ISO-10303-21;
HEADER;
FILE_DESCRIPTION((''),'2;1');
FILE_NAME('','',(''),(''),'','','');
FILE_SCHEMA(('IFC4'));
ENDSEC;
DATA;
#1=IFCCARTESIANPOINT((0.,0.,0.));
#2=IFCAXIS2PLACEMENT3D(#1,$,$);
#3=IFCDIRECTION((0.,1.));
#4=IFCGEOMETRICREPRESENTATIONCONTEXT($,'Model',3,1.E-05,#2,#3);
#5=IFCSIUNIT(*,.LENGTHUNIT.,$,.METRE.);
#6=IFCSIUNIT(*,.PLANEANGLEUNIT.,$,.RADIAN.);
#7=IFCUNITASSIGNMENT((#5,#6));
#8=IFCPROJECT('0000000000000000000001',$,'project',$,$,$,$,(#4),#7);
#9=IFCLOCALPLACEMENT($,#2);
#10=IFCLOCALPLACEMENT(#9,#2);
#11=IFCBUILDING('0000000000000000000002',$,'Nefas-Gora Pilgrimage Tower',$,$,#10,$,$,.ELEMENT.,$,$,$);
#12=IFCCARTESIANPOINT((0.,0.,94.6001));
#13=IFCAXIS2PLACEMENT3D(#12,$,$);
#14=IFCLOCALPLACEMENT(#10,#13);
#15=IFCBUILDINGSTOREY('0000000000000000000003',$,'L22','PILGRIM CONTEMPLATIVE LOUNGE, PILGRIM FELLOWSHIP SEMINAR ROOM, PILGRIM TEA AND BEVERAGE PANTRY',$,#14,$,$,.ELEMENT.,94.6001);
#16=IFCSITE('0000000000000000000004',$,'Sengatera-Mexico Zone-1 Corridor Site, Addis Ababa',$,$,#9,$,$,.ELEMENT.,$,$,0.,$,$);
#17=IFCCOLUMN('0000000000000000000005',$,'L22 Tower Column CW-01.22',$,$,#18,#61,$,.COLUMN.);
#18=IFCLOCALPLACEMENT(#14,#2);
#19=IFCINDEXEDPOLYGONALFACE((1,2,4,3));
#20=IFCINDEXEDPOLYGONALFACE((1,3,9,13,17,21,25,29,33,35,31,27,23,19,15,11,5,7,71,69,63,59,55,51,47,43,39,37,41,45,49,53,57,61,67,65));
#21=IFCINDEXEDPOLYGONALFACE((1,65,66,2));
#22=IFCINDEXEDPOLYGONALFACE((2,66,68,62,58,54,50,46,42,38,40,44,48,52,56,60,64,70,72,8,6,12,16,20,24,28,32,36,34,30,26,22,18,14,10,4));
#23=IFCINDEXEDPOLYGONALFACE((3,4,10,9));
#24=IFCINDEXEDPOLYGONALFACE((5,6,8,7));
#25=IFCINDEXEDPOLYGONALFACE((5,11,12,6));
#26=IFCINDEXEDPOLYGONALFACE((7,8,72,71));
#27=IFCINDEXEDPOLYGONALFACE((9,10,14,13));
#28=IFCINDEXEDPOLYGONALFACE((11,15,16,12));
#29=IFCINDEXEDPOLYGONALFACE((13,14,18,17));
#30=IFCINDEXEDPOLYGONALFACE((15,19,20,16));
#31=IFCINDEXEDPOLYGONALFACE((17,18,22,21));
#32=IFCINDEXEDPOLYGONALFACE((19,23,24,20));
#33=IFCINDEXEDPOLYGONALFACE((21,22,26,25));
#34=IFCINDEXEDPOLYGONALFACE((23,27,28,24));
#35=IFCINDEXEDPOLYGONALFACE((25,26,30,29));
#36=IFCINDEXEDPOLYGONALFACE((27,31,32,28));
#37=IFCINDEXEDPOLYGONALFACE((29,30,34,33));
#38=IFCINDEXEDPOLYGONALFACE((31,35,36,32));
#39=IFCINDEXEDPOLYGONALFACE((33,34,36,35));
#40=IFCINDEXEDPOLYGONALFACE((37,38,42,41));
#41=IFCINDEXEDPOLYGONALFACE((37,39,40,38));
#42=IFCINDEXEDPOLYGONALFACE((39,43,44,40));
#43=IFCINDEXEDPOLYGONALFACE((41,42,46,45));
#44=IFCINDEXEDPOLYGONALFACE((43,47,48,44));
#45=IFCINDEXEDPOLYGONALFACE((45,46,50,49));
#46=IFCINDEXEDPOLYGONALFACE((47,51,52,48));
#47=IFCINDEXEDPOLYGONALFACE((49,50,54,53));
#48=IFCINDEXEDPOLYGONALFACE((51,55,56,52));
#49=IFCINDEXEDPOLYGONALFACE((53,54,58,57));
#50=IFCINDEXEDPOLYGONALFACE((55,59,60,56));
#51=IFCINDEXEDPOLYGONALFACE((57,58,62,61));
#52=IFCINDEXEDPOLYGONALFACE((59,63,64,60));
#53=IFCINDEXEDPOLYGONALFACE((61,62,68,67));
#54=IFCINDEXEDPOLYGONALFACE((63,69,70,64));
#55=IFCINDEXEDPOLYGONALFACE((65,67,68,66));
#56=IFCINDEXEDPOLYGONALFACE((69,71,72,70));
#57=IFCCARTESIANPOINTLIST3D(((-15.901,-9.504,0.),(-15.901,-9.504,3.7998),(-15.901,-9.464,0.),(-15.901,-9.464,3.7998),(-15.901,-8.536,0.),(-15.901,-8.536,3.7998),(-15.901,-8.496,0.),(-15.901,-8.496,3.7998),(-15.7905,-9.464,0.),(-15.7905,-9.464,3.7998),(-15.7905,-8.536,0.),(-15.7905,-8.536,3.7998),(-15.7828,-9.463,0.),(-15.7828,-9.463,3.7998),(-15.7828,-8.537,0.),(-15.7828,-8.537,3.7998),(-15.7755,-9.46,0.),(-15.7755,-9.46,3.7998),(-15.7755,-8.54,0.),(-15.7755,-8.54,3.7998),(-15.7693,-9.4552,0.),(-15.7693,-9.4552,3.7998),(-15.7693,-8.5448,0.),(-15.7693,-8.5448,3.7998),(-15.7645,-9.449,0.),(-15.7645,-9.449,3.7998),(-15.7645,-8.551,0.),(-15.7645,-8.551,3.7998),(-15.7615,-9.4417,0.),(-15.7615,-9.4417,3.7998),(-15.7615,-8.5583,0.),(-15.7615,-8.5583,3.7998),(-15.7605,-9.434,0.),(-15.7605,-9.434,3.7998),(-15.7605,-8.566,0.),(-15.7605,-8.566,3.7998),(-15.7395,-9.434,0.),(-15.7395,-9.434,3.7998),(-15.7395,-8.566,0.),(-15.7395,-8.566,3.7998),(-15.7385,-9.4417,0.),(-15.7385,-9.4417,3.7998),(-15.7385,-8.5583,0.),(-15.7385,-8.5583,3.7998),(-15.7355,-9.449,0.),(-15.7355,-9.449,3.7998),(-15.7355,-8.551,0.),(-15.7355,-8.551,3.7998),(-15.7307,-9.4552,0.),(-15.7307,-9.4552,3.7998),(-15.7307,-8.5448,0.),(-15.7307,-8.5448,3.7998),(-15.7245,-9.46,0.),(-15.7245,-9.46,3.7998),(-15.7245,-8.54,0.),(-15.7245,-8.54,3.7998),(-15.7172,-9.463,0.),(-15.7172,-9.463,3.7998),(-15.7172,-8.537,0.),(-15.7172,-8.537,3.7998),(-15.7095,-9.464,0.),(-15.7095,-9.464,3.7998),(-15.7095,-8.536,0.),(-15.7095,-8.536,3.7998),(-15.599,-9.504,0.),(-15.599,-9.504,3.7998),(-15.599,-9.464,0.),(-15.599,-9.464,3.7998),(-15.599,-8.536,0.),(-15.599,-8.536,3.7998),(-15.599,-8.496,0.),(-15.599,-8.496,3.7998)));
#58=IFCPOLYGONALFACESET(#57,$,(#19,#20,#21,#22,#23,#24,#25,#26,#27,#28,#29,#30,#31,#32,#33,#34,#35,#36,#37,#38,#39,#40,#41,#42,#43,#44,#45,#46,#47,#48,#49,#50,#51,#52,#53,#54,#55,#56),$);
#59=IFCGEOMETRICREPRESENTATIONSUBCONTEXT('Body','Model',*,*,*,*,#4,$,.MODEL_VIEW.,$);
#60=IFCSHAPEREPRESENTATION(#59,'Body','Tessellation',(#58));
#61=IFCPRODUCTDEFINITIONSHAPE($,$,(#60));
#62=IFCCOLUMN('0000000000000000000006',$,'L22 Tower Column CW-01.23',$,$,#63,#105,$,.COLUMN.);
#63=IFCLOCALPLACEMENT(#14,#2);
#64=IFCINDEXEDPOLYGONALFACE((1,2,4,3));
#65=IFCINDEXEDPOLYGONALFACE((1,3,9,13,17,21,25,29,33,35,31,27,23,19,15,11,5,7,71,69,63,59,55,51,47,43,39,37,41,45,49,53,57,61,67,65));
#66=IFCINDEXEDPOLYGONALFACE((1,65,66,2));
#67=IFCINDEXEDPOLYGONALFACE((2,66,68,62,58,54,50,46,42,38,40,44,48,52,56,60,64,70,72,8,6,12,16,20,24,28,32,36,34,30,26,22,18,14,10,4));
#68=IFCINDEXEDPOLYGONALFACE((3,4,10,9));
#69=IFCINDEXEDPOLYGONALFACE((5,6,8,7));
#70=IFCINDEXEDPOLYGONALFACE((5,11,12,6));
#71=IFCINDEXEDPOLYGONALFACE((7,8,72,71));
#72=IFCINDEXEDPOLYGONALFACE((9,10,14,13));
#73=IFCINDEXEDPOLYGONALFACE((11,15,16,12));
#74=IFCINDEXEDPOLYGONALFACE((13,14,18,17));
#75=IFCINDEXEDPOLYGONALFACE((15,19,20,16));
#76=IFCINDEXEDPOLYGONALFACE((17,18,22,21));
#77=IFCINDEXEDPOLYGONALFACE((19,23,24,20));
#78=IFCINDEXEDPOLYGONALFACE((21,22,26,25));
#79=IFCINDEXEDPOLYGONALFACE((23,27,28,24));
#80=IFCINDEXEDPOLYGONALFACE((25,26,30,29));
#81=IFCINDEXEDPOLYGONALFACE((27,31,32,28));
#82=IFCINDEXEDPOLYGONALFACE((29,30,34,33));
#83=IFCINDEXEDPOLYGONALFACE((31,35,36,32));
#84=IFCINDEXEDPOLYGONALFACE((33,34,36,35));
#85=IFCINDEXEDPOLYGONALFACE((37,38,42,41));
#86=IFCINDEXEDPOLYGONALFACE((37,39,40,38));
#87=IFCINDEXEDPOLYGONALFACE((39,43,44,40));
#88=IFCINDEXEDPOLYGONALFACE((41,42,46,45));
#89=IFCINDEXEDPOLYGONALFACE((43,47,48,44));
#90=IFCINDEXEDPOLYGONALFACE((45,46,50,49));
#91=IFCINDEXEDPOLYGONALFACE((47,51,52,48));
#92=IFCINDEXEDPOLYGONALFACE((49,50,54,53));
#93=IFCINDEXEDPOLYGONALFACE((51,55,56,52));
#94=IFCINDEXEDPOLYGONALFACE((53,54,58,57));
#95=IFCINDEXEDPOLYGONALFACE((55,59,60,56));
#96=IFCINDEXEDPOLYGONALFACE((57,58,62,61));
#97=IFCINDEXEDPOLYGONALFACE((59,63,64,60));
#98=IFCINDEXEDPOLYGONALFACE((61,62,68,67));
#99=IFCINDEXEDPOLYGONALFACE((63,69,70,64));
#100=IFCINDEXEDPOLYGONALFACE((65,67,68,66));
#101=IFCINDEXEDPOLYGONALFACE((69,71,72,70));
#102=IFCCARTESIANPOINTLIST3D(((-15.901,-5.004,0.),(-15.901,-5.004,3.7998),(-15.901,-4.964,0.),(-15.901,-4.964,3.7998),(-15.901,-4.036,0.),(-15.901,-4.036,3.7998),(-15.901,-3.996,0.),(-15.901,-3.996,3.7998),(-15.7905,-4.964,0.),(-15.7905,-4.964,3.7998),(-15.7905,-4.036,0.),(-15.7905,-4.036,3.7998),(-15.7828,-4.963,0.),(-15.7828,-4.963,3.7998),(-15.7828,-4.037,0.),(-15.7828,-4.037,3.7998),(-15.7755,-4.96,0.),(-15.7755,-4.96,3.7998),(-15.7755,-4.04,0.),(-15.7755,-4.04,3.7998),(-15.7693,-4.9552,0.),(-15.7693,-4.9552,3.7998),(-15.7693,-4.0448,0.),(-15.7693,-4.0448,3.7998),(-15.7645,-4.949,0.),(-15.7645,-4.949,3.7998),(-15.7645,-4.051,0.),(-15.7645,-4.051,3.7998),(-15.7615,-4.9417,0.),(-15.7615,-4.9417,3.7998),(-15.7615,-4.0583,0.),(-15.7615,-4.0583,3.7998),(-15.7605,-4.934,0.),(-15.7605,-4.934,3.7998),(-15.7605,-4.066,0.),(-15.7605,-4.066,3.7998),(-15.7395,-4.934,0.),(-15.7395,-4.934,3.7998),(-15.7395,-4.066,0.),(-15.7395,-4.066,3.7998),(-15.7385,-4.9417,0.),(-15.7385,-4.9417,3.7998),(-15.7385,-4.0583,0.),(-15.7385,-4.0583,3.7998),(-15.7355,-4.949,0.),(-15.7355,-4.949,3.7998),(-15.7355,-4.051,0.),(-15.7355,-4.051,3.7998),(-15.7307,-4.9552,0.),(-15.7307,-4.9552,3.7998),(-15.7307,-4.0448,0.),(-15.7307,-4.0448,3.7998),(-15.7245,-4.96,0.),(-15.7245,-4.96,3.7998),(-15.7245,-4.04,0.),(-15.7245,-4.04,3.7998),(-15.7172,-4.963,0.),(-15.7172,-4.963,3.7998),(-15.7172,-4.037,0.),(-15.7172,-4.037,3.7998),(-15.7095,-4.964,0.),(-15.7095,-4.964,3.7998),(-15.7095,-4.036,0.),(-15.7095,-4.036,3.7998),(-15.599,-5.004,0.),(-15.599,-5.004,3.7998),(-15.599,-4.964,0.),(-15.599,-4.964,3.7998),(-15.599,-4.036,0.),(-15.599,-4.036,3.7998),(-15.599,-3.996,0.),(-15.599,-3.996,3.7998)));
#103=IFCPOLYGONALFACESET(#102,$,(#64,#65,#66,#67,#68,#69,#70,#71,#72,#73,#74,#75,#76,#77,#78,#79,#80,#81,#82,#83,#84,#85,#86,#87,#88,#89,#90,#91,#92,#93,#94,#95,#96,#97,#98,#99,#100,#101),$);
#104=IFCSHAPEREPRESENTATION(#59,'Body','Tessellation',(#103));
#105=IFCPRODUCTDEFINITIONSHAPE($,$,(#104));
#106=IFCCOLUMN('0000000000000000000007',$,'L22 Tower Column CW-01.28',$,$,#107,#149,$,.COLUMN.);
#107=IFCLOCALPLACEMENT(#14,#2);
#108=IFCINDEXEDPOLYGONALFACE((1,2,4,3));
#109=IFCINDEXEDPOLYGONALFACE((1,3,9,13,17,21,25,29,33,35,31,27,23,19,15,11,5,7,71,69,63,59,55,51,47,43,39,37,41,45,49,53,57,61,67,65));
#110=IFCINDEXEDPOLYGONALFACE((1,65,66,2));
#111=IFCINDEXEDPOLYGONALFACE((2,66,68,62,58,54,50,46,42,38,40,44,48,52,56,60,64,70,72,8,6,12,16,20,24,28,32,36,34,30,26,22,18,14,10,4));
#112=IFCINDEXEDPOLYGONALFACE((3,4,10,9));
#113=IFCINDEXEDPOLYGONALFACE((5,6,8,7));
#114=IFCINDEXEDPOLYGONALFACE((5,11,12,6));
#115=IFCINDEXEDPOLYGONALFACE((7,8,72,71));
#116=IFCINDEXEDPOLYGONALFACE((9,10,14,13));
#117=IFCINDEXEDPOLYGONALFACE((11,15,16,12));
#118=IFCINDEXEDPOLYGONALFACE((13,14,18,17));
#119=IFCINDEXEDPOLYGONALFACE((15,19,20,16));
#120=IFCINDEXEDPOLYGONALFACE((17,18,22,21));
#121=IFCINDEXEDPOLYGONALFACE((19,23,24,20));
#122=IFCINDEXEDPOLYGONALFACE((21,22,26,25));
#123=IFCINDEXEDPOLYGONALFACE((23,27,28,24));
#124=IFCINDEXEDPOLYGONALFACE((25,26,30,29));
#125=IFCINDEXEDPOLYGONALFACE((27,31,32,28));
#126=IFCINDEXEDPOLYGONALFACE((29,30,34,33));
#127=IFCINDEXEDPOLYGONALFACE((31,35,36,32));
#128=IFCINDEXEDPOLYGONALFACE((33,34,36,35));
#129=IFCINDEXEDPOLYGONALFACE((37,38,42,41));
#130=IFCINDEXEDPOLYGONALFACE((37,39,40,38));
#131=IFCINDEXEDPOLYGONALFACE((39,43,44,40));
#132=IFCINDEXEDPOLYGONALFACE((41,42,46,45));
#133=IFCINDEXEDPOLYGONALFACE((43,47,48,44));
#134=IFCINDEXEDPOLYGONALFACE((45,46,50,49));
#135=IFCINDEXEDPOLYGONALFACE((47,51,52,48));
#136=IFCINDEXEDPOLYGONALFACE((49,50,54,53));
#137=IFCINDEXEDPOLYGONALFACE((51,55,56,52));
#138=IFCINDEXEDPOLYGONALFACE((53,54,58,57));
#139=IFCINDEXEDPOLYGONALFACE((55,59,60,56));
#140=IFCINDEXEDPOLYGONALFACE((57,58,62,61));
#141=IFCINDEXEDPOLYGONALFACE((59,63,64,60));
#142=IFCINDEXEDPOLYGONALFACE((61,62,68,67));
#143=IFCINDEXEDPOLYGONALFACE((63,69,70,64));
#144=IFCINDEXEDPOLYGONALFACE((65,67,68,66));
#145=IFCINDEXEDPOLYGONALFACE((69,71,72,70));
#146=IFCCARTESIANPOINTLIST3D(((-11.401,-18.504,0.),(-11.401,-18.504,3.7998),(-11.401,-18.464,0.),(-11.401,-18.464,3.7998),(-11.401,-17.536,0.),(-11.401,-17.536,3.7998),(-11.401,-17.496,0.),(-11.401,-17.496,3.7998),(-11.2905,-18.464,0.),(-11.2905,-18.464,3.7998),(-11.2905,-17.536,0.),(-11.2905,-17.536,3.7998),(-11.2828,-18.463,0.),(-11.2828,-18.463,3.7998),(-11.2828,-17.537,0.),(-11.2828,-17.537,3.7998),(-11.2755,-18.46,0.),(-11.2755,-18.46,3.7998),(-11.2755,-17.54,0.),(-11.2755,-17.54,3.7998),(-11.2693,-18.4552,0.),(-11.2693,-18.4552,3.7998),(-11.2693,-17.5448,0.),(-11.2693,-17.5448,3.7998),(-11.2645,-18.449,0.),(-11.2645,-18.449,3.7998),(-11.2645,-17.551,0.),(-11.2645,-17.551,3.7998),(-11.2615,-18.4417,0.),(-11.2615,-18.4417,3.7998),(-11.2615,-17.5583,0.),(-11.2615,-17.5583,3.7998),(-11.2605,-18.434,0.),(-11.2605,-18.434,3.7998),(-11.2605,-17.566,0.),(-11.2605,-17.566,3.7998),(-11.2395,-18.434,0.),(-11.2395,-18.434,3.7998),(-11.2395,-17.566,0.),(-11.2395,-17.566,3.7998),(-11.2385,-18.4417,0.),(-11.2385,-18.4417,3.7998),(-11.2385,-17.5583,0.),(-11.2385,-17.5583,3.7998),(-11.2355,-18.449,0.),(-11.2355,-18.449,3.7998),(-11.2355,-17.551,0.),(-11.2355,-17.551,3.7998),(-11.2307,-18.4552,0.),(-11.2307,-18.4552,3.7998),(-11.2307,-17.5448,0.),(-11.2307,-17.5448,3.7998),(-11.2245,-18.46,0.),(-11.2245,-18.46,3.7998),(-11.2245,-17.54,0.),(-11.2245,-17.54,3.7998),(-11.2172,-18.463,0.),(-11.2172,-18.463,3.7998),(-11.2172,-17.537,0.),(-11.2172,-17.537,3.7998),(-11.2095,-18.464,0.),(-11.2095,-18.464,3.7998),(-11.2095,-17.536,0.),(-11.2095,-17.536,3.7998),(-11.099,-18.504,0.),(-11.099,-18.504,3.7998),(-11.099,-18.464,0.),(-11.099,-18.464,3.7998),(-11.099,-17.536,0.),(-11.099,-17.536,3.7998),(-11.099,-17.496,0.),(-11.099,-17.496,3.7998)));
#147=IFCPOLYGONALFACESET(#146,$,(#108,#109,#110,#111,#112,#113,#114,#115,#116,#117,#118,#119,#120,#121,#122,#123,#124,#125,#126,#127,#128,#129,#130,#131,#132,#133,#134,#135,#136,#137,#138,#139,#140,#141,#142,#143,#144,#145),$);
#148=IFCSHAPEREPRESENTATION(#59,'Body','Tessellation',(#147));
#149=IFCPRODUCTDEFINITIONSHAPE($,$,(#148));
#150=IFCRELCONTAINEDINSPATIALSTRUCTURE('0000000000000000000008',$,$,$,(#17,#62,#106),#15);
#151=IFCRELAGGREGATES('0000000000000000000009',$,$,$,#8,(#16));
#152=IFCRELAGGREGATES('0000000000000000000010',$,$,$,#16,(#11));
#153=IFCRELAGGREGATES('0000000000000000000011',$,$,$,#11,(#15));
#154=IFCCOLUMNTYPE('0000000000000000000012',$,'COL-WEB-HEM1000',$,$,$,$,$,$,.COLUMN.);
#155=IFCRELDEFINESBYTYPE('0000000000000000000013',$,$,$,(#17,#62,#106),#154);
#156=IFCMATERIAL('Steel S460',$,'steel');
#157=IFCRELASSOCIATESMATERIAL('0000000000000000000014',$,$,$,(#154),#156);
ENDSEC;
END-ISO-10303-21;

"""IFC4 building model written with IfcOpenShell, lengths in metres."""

from ifc_helpers import new_model, si_unit, direction, frame, origin, origin_2d, place, context, subcontext, project, spatial, i_section, extrude, source, transform, mapped, material, material_profile, profile_set, type_object, element, save


model = new_model("IFC4")

# Units and contexts
model_context = context("Model", 3, precision=1e-05, world=origin(), true_north=direction((0.0, 1.0)))
body_context = subcontext(model_context, "Body", "Model", "MODEL_VIEW")
ifc_project = project(units=[si_unit("LENGTHUNIT", "METRE"), si_unit("PLANEANGLEUNIT", "RADIAN")], contexts=[model_context])

# Site, building, storey
site_placement = place(None, origin())
site = spatial("IfcSite", under=ifc_project, at=site_placement, Name="Sengatera-Mexico Zone-1 Corridor Site, Addis Ababa", CompositionType="ELEMENT", RefElevation=0.0)
building_placement = place(site_placement, origin())
building = spatial("IfcBuilding", under=site, at=building_placement, Name="Nefas-Gora Pilgrimage Tower", CompositionType="ELEMENT")
storey_placement = place(building_placement, frame((0.0, 0.0, 94.6001)))
storey = spatial("IfcBuildingStorey", under=building, at=storey_placement, Name="L22", Description="PILGRIM CONTEMPLATIVE LOUNGE, PILGRIM FELLOWSHIP SEMINAR ROOM, PILGRIM TEA AND BEVERAGE PANTRY", CompositionType="ELEMENT", Elevation=94.6001)

# Columns
ifc_material_1 = material(Name="Steel S460", Category="steel")
ifc_material_profile_1 = material_profile(ifc_material_1, i_section(OverallWidth=0.302, OverallDepth=1.0081, WebThickness=0.021, FlangeThickness=0.04, FilletRadius=0.03, at=origin_2d()), Name="HEM 1000")
ifc_profile_set_1 = profile_set([ifc_material_profile_1], Name="Steel S460")
column_type_1 = type_object("IfcColumnType", Name="COL-WEB-HEM1000", PredefinedType="COLUMN", material=ifc_profile_set_1)
shared_shape_1 = source(origin(), body_context, "Body", "SweptSolid", [
    extrude(i_section(OverallWidth=0.302, OverallDepth=1.0081, WebThickness=0.021, FlangeThickness=0.04, FilletRadius=0.03, at=origin_2d()), origin(), (0.0, 0.0, 1.0), 3.7998),
])
for number, where, z_axis, x_axis, name in (
    (1, (-15.75, -9.0, 0.0), (0.0, 0.0, 1.0), (1.0, 0.0, 0.0), "L22 Tower Column CW-01.22"),
    (2, (-15.75, -4.5, 0.0), (0.0, 0.0, 1.0), (1.0, 0.0, 0.0), "L22 Tower Column CW-01.23"),
    (3, (-11.25, -18.0, 0.0), (0.0, 0.0, 1.0), (1.0, 0.0, 0.0), "L22 Tower Column CW-01.28"),
):
    element("IfcColumn", number, at=place(storey_placement, frame(where, z_axis=z_axis, x_axis=x_axis)), inside=storey, type_object=column_type_1, Name=name, PredefinedType="COLUMN", context=body_context, shape_type="MappedRepresentation", body=[
        mapped(shared_shape_1, transform((0.0, 0.0, 0.0), x_axis=(1.0, 0.0, 0.0), y_axis=(0.0, 1.0, 0.0), z_axis=(0.0, 0.0, 1.0), scale=1.0)),
    ])

save(model, "model.ifc")
